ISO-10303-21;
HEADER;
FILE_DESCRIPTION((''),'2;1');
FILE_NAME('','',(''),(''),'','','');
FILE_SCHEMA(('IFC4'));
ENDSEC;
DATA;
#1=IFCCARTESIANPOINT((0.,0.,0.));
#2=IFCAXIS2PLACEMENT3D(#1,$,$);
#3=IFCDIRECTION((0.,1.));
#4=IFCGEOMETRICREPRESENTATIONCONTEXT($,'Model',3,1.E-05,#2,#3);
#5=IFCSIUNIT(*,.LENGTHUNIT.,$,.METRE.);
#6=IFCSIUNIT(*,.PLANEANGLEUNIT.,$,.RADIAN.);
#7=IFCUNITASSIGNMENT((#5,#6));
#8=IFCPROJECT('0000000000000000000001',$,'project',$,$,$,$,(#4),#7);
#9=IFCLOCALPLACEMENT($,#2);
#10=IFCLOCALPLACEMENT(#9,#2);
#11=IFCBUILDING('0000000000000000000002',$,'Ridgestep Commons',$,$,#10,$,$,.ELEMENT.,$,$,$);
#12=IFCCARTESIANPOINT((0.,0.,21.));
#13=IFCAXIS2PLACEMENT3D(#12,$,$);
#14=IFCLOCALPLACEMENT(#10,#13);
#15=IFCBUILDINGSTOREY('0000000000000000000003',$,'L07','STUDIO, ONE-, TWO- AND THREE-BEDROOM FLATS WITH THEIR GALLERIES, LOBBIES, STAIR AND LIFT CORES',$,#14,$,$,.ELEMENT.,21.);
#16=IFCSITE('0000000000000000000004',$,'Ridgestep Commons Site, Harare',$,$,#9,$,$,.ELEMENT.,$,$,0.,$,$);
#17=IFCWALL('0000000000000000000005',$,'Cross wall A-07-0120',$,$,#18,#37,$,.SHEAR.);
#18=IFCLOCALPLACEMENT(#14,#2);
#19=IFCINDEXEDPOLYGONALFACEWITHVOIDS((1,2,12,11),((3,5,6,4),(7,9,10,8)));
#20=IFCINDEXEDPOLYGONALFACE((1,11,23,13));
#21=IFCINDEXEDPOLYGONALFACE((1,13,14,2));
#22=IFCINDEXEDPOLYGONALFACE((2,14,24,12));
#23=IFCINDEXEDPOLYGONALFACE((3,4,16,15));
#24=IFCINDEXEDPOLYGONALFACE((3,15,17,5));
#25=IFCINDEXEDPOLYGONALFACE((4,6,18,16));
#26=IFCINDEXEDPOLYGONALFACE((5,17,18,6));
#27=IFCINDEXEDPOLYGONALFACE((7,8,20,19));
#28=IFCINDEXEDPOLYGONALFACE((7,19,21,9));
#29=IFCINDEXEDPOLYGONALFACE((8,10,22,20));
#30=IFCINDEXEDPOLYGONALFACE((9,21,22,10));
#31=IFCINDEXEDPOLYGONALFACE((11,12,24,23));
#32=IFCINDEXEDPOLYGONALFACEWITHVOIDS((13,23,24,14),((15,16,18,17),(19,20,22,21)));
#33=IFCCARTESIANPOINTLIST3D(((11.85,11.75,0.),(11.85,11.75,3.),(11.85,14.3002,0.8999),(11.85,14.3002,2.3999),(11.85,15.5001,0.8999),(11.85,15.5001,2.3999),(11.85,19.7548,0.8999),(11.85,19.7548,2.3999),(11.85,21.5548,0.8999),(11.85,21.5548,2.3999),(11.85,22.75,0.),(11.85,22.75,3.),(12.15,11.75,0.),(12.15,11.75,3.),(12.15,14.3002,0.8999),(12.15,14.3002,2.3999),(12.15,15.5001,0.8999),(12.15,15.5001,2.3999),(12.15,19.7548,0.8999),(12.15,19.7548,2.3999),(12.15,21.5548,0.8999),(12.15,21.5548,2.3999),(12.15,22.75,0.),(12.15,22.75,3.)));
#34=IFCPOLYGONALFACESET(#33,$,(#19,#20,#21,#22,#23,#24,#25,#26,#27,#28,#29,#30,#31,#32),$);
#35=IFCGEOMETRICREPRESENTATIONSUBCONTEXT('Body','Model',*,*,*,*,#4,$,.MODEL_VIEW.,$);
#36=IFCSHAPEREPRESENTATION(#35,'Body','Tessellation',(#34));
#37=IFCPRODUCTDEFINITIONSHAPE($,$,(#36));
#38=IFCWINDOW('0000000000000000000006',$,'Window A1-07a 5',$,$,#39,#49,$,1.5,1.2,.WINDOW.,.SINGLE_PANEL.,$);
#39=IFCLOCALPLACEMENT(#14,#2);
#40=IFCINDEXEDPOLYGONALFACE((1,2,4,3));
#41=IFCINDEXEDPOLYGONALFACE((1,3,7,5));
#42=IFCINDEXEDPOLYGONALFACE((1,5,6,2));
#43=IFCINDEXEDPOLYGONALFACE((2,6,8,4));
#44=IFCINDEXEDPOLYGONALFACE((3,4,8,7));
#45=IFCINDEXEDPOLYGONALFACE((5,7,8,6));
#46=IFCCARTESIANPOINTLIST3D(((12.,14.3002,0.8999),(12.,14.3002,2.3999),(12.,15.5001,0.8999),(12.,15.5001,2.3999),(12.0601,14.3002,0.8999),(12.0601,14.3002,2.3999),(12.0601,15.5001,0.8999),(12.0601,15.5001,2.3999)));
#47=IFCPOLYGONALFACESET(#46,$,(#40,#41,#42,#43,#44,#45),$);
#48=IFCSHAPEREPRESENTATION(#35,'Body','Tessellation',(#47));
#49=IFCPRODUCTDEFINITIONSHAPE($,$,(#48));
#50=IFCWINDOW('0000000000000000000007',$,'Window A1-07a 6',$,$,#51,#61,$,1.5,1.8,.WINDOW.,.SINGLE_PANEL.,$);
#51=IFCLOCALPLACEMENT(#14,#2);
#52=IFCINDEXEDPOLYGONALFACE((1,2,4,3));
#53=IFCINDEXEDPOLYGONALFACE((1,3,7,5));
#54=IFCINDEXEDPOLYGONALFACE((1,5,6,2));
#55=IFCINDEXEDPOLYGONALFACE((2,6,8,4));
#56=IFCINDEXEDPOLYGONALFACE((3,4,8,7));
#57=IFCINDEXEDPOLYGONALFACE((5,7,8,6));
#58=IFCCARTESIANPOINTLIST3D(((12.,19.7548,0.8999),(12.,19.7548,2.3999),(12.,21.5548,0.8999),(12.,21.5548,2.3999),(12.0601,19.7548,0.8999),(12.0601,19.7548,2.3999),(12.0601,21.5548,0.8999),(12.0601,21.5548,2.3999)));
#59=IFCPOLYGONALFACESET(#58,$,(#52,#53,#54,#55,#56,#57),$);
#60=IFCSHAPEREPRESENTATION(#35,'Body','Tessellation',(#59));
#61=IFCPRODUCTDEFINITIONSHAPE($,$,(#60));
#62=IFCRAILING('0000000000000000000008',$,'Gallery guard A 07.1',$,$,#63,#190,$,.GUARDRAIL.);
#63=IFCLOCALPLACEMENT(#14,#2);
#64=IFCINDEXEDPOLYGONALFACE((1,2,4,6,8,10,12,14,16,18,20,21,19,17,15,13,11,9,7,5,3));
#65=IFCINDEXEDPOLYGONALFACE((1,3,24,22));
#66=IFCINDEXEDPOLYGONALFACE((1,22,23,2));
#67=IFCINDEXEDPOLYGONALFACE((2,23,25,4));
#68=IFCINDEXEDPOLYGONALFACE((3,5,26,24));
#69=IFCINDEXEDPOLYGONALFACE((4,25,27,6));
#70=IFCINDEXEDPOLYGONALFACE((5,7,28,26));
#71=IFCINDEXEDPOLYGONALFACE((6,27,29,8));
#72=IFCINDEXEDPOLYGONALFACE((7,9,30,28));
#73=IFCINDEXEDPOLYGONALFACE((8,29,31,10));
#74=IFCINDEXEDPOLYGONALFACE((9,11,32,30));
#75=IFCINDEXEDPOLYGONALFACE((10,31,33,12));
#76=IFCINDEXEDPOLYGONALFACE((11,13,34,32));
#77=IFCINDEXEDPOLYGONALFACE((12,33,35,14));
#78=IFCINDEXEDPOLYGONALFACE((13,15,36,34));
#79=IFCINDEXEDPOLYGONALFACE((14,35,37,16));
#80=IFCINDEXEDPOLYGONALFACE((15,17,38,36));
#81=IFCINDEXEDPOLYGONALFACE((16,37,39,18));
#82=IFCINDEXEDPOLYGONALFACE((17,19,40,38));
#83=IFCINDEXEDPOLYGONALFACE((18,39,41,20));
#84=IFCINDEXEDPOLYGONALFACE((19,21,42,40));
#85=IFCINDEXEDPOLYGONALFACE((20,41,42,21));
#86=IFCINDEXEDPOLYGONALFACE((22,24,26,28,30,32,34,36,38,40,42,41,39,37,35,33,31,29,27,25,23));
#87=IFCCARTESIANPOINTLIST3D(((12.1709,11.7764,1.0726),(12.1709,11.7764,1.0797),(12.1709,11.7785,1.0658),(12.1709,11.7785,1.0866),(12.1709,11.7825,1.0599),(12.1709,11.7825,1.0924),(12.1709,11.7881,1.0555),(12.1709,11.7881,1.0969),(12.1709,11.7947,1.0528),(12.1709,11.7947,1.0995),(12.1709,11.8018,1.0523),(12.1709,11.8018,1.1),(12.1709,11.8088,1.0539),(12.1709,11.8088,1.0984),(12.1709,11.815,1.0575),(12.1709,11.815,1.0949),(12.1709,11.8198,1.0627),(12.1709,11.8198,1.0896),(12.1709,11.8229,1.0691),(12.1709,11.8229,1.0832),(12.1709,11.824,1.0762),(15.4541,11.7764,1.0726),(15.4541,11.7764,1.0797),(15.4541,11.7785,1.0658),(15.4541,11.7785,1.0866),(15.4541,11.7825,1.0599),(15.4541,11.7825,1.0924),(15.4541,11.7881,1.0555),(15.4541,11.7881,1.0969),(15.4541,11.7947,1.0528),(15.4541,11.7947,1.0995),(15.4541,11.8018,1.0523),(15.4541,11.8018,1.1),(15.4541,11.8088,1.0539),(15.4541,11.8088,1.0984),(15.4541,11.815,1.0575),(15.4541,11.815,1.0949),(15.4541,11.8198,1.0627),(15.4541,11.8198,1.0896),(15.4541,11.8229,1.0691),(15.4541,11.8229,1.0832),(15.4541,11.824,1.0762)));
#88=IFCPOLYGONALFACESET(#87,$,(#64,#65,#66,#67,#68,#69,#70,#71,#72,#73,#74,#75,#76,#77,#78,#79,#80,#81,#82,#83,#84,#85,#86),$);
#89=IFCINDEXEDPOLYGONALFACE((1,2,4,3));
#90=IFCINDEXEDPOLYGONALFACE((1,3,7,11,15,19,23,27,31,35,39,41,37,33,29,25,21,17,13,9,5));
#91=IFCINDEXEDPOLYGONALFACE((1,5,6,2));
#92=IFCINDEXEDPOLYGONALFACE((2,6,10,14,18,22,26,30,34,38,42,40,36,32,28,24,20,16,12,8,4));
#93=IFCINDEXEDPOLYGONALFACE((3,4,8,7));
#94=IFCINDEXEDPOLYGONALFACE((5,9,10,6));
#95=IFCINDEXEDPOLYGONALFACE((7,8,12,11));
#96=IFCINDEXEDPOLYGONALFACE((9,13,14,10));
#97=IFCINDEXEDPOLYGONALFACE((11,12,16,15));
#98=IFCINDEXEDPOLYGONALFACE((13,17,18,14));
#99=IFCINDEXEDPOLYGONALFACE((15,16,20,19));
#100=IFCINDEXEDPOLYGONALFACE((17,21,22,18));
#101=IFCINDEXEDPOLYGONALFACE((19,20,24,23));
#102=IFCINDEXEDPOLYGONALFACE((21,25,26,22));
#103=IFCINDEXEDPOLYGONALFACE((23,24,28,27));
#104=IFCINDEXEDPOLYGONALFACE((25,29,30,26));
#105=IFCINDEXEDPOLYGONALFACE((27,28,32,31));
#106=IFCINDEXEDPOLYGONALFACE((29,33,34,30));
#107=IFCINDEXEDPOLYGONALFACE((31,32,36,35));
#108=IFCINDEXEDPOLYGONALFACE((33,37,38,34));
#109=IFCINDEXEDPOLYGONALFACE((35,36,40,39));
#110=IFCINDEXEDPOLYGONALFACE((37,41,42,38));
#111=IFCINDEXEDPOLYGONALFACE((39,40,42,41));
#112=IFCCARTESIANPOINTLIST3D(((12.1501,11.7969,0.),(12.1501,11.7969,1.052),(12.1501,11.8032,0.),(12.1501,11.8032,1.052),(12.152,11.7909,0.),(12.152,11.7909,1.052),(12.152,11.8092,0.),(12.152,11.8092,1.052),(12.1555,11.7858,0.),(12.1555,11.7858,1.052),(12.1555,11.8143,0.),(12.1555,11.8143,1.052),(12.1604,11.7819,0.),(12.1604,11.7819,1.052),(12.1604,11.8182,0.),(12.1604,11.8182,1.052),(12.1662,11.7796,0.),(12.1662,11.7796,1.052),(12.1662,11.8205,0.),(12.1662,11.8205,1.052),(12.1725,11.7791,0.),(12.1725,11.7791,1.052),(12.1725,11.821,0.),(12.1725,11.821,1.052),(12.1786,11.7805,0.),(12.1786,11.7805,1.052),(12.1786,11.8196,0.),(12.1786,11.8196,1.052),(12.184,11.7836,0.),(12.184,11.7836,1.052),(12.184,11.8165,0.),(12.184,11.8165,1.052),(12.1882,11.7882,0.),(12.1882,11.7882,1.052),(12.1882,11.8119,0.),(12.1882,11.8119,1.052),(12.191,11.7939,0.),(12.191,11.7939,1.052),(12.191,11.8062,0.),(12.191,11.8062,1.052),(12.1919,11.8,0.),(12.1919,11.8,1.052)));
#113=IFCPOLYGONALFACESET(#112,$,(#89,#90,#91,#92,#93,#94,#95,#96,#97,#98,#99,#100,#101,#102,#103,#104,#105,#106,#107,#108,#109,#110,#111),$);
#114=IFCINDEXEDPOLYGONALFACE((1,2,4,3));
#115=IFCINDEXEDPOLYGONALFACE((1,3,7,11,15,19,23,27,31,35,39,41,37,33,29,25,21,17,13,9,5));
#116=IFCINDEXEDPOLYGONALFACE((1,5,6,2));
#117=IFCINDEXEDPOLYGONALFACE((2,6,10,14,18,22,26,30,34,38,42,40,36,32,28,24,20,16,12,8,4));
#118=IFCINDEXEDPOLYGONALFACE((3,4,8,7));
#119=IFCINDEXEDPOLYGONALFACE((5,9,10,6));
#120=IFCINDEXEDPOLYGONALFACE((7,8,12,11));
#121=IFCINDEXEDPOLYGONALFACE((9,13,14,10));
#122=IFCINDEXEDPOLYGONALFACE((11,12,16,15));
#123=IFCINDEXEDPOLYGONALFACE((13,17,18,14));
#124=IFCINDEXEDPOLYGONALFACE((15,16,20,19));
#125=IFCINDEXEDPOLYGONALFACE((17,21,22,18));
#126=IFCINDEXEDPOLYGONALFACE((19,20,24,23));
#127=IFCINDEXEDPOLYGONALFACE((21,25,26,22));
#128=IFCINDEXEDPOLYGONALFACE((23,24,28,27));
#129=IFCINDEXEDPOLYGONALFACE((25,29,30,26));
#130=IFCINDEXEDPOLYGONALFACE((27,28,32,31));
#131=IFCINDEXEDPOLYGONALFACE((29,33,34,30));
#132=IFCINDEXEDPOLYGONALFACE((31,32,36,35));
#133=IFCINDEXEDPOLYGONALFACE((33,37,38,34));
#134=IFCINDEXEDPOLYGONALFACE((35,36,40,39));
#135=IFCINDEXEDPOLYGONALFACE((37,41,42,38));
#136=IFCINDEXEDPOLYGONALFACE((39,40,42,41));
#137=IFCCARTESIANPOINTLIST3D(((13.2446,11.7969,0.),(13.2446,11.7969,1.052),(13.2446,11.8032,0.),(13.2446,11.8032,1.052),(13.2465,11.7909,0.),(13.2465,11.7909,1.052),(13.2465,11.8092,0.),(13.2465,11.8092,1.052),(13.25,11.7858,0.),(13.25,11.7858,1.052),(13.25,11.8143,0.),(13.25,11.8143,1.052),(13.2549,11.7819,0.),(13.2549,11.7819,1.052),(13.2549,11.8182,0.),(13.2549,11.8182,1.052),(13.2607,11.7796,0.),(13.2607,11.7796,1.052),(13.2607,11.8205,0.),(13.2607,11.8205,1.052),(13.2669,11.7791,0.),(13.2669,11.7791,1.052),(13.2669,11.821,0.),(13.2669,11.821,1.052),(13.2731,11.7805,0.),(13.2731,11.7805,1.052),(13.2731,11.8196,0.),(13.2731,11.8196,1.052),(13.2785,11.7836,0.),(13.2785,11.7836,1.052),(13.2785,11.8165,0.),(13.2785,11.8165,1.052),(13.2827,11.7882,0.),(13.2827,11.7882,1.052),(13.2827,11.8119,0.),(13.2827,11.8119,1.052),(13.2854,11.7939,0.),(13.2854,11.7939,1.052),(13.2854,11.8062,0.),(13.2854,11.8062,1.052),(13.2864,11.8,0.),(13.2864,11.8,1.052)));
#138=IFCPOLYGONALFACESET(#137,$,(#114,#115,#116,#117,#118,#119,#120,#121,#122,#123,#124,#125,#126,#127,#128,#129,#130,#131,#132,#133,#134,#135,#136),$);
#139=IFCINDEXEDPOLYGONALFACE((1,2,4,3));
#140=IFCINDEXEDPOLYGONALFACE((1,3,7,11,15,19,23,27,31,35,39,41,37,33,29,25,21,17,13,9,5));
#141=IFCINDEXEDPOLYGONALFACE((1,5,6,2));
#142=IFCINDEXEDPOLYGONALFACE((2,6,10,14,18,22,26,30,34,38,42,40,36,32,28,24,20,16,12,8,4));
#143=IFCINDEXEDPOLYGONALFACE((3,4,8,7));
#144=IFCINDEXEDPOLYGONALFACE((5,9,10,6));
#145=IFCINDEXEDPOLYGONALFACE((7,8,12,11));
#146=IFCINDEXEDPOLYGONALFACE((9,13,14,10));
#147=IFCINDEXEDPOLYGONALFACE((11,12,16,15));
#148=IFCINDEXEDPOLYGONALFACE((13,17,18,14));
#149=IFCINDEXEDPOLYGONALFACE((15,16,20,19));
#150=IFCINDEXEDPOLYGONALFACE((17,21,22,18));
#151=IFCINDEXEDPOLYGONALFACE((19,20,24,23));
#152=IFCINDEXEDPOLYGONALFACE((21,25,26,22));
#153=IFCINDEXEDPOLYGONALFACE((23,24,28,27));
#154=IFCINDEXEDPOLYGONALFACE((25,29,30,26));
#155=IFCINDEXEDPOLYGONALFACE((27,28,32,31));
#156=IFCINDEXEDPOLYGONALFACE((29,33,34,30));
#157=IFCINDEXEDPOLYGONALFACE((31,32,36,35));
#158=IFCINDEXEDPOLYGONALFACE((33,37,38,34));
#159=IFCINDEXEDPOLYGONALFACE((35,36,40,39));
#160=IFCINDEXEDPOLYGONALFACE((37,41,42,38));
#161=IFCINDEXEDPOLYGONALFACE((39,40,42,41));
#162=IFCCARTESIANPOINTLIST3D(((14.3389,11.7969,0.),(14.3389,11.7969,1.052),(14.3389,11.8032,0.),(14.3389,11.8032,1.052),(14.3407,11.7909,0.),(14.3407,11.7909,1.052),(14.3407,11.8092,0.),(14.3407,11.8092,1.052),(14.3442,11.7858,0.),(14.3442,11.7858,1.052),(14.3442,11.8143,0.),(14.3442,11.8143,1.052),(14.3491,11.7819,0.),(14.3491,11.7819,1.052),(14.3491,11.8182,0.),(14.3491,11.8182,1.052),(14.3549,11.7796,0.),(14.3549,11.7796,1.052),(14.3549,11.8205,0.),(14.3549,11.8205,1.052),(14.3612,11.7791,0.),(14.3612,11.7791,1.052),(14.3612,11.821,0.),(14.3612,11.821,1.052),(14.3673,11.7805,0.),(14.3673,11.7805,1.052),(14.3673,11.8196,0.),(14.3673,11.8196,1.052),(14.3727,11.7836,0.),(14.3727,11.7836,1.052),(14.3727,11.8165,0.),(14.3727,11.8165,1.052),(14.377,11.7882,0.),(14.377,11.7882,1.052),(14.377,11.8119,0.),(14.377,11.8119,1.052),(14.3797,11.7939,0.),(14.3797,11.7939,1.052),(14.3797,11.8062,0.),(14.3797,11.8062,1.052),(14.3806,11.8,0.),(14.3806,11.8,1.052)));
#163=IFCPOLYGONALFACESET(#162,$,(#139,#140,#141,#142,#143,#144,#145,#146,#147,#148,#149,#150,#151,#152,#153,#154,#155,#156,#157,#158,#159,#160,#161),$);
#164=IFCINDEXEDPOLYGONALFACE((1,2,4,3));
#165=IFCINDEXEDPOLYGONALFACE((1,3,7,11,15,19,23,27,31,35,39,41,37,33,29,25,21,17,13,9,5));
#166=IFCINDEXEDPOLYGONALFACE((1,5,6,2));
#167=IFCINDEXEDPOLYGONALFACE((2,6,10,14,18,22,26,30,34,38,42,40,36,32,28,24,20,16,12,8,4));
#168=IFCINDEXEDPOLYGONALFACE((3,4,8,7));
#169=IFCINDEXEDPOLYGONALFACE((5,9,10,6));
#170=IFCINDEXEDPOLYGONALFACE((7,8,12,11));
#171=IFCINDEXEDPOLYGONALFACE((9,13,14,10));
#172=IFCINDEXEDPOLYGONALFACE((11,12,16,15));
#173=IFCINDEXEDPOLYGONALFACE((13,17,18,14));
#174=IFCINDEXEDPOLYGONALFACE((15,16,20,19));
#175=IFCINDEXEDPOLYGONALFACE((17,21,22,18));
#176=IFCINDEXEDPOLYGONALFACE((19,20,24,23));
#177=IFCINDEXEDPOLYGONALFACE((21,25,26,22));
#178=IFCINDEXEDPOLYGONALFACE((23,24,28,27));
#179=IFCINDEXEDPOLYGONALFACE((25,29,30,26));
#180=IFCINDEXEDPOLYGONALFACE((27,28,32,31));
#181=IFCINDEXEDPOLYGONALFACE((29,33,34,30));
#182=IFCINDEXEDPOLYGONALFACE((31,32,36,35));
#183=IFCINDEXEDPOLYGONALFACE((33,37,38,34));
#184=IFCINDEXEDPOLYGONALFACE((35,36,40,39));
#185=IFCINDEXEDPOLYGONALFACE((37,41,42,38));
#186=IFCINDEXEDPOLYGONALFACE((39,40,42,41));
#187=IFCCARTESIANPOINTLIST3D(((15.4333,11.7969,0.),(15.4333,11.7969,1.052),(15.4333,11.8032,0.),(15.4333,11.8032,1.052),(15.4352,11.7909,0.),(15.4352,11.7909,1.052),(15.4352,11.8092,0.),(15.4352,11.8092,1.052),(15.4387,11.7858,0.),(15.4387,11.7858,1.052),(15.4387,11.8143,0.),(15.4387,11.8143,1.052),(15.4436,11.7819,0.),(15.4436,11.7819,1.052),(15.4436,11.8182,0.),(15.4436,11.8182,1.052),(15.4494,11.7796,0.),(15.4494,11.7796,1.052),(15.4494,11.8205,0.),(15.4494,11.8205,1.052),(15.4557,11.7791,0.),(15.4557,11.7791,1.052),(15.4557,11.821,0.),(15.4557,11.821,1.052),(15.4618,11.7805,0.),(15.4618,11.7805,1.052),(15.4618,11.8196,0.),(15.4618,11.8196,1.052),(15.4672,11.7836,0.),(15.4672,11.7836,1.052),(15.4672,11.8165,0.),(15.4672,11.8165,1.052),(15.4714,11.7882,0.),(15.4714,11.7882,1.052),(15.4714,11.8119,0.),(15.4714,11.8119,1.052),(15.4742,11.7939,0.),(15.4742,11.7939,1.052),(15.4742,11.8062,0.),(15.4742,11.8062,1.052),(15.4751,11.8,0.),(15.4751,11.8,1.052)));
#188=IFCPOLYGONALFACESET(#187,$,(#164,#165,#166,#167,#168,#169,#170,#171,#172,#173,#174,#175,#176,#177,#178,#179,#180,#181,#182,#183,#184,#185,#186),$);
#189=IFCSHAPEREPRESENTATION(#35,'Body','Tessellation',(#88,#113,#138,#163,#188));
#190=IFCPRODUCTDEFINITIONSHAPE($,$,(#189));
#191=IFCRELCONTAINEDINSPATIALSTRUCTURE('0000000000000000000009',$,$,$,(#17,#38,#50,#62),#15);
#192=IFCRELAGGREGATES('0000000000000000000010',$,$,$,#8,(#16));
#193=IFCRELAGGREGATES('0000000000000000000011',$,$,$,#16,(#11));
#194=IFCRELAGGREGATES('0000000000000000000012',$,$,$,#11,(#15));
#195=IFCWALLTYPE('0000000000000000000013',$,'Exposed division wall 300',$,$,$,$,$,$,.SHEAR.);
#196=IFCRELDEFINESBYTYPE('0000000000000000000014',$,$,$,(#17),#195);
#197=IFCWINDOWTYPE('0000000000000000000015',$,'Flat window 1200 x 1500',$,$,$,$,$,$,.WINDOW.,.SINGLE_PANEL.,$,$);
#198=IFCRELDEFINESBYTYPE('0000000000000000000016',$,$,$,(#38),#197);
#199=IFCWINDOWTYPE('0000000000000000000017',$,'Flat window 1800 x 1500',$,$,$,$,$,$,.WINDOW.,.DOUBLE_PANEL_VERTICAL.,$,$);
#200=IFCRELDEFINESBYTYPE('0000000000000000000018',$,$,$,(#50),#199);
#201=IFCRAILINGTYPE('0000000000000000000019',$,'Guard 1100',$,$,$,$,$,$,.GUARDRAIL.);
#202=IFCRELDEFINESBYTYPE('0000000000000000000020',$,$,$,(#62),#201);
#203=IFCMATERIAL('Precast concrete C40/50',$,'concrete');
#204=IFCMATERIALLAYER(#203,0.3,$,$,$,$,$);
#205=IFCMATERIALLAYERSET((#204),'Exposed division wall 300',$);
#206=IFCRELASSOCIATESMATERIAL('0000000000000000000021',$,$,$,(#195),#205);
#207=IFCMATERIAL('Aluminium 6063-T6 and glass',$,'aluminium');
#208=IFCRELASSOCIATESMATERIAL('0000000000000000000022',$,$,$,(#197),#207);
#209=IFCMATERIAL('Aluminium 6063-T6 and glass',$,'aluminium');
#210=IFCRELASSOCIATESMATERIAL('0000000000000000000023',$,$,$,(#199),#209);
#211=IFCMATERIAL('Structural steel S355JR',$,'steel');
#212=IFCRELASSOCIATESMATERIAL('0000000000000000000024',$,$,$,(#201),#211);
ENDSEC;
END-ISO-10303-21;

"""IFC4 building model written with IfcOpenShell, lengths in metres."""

from ifc_helpers import new_model, si_unit, direction, frame, frame_2d, origin, origin_2d, place, context, subcontext, project, spatial, rectangle, circle, extrude, material, layer, layer_set, type_object, element, fill, save


model = new_model("IFC4")

# Units and contexts
model_context = context("Model", 3, precision=1e-05, world=origin(), true_north=direction((0.0, 1.0)))
body_context = subcontext(model_context, "Body", "Model", "MODEL_VIEW")
ifc_project = project(units=[si_unit("LENGTHUNIT", "METRE"), si_unit("PLANEANGLEUNIT", "RADIAN")], contexts=[model_context])

# Site, building, storey
site_placement = place(None, origin())
site = spatial("IfcSite", under=ifc_project, at=site_placement, Name="Ridgestep Commons Site, Harare", CompositionType="ELEMENT", RefElevation=0.0)
building_placement = place(site_placement, origin())
building = spatial("IfcBuilding", under=site, at=building_placement, Name="Ridgestep Commons", CompositionType="ELEMENT")
storey_placement = place(building_placement, frame((0.0, 0.0, 21.0)))
storey = spatial("IfcBuildingStorey", under=building, at=storey_placement, Name="L07", Description="STUDIO, ONE-, TWO- AND THREE-BEDROOM FLATS WITH THEIR GALLERIES, LOBBIES, STAIR AND LIFT CORES", CompositionType="ELEMENT", Elevation=21.0)

# Wall, openings, windows
ifc_material_1 = material(Name="Precast concrete C40/50", Category="concrete")
ifc_layer_1 = layer(ifc_material_1, 0.3)
ifc_layer_set_1 = layer_set([ifc_layer_1], Name="Exposed division wall 300")
wall_type = type_object("IfcWallType", Name="Exposed division wall 300", PredefinedType="SHEAR", material=ifc_layer_set_1)
wall_placement = place(storey_placement, frame((12.0, 11.75, 0.0), z_axis=(0.0, 0.0, 1.0), x_axis=(0.0, 1.0, 0.0)))
wall = element("IfcWall", 1, at=wall_placement, inside=storey, type_object=wall_type, Name="Cross wall A-07-0120", PredefinedType="SHEAR", context=body_context, shape_type="SweptSolid", body=[
    extrude(rectangle(XDim=11.0, YDim=0.3, at=frame_2d((5.5, 0.0))), origin(), (0.0, 0.0, 1.0), 3.0),
])
opening_1_placement = place(wall_placement, frame((2.55, 0.0, 0.8999)))
opening_1 = element("IfcOpeningElement", 2, at=opening_1_placement, cuts=wall, PredefinedType="OPENING", context=body_context, shape_type="SweptSolid", body=[
    extrude(rectangle(XDim=1.2, YDim=1.5, at=frame_2d((0.6001, 0.75))), frame((0.0, 0.1599, 0.0), z_axis=(0.0, -1.0, 0.0), x_axis=(1.0, 0.0, 0.0)), (0.0, 0.0, 1.0), 0.3201),
])
opening_2_placement = place(wall_placement, frame((8.0049, 0.0, 0.8999)))
opening_2 = element("IfcOpeningElement", 3, at=opening_2_placement, cuts=wall, PredefinedType="OPENING", context=body_context, shape_type="SweptSolid", body=[
    extrude(rectangle(XDim=1.8, YDim=1.5, at=frame_2d((0.8999, 0.75))), frame((0.0, 0.1599, 0.0), z_axis=(0.0, -1.0, 0.0), x_axis=(1.0, 0.0, 0.0)), (0.0, 0.0, 1.0), 0.3201),
])
ifc_material_2 = material(Name="Aluminium 6063-T6 and glass", Category="aluminium")
window_type_1 = type_object("IfcWindowType", Name="Flat window 1200 x 1500", PartitioningType="SINGLE_PANEL", PredefinedType="WINDOW", material=ifc_material_2)
window_1_placement = place(opening_1_placement, origin())
window_1 = element("IfcWindow", 4, at=window_1_placement, inside=storey, type_object=window_type_1, Name="Window A1-07a 5", OverallHeight=1.5, OverallWidth=1.2, PartitioningType="SINGLE_PANEL", PredefinedType="WINDOW", context=body_context, shape_type="SweptSolid", body=[
    extrude(rectangle(XDim=1.2, YDim=1.5, at=frame_2d((0.6001, 0.75))), frame((0.0, 0.0, 0.0), z_axis=(0.0, -1.0, 0.0), x_axis=(1.0, 0.0, 0.0)), (0.0, 0.0, 1.0), 0.0601),
])
fill(opening_1, window_1)
ifc_material_3 = material(Name="Aluminium 6063-T6 and glass", Category="aluminium")
window_type_2 = type_object("IfcWindowType", Name="Flat window 1800 x 1500", PartitioningType="DOUBLE_PANEL_VERTICAL", PredefinedType="WINDOW", material=ifc_material_3)
window_2_placement = place(opening_2_placement, origin())
window_2 = element("IfcWindow", 5, at=window_2_placement, inside=storey, type_object=window_type_2, Name="Window A1-07a 6", OverallHeight=1.5, OverallWidth=1.8, PartitioningType="SINGLE_PANEL", PredefinedType="WINDOW", context=body_context, shape_type="SweptSolid", body=[
    extrude(rectangle(XDim=1.8, YDim=1.5, at=frame_2d((0.8999, 0.75))), frame((0.0, 0.0, 0.0), z_axis=(0.0, -1.0, 0.0), x_axis=(1.0, 0.0, 0.0)), (0.0, 0.0, 1.0), 0.0601),
])
fill(opening_2, window_2)

# Railing
ifc_material_4 = material(Name="Structural steel S355JR", Category="steel")
railing_type = type_object("IfcRailingType", Name="Guard 1100", PredefinedType="GUARDRAIL", material=ifc_material_4)
railing_placement = place(storey_placement, frame((12.1709, 11.8, 0.0)))
element("IfcRailing", 6, at=railing_placement, inside=storey, type_object=railing_type, Name="Gallery guard A 07.1", PredefinedType="GUARDRAIL", context=body_context, shape_type="SweptSolid", body=[
    extrude(circle(Radius=0.0239, at=origin_2d()), frame((0.0, 0.0, 1.0762), z_axis=(1.0, 0.0, 0.0), x_axis=(0.0, 1.0, 0.0)), (0.0, 0.0, 1.0), 3.2832),
    extrude(circle(Radius=0.021, at=origin_2d()), origin(), (0.0, 0.0, 1.0), 1.052),
    extrude(circle(Radius=0.021, at=origin_2d()), frame((1.0945, 0.0, 0.0)), (0.0, 0.0, 1.0), 1.052),
    extrude(circle(Radius=0.021, at=origin_2d()), frame((2.1887, 0.0, 0.0)), (0.0, 0.0, 1.0), 1.052),
    extrude(circle(Radius=0.021, at=origin_2d()), frame((3.2832, 0.0, 0.0)), (0.0, 0.0, 1.0), 1.052),
])

save(model, "model.ifc")
